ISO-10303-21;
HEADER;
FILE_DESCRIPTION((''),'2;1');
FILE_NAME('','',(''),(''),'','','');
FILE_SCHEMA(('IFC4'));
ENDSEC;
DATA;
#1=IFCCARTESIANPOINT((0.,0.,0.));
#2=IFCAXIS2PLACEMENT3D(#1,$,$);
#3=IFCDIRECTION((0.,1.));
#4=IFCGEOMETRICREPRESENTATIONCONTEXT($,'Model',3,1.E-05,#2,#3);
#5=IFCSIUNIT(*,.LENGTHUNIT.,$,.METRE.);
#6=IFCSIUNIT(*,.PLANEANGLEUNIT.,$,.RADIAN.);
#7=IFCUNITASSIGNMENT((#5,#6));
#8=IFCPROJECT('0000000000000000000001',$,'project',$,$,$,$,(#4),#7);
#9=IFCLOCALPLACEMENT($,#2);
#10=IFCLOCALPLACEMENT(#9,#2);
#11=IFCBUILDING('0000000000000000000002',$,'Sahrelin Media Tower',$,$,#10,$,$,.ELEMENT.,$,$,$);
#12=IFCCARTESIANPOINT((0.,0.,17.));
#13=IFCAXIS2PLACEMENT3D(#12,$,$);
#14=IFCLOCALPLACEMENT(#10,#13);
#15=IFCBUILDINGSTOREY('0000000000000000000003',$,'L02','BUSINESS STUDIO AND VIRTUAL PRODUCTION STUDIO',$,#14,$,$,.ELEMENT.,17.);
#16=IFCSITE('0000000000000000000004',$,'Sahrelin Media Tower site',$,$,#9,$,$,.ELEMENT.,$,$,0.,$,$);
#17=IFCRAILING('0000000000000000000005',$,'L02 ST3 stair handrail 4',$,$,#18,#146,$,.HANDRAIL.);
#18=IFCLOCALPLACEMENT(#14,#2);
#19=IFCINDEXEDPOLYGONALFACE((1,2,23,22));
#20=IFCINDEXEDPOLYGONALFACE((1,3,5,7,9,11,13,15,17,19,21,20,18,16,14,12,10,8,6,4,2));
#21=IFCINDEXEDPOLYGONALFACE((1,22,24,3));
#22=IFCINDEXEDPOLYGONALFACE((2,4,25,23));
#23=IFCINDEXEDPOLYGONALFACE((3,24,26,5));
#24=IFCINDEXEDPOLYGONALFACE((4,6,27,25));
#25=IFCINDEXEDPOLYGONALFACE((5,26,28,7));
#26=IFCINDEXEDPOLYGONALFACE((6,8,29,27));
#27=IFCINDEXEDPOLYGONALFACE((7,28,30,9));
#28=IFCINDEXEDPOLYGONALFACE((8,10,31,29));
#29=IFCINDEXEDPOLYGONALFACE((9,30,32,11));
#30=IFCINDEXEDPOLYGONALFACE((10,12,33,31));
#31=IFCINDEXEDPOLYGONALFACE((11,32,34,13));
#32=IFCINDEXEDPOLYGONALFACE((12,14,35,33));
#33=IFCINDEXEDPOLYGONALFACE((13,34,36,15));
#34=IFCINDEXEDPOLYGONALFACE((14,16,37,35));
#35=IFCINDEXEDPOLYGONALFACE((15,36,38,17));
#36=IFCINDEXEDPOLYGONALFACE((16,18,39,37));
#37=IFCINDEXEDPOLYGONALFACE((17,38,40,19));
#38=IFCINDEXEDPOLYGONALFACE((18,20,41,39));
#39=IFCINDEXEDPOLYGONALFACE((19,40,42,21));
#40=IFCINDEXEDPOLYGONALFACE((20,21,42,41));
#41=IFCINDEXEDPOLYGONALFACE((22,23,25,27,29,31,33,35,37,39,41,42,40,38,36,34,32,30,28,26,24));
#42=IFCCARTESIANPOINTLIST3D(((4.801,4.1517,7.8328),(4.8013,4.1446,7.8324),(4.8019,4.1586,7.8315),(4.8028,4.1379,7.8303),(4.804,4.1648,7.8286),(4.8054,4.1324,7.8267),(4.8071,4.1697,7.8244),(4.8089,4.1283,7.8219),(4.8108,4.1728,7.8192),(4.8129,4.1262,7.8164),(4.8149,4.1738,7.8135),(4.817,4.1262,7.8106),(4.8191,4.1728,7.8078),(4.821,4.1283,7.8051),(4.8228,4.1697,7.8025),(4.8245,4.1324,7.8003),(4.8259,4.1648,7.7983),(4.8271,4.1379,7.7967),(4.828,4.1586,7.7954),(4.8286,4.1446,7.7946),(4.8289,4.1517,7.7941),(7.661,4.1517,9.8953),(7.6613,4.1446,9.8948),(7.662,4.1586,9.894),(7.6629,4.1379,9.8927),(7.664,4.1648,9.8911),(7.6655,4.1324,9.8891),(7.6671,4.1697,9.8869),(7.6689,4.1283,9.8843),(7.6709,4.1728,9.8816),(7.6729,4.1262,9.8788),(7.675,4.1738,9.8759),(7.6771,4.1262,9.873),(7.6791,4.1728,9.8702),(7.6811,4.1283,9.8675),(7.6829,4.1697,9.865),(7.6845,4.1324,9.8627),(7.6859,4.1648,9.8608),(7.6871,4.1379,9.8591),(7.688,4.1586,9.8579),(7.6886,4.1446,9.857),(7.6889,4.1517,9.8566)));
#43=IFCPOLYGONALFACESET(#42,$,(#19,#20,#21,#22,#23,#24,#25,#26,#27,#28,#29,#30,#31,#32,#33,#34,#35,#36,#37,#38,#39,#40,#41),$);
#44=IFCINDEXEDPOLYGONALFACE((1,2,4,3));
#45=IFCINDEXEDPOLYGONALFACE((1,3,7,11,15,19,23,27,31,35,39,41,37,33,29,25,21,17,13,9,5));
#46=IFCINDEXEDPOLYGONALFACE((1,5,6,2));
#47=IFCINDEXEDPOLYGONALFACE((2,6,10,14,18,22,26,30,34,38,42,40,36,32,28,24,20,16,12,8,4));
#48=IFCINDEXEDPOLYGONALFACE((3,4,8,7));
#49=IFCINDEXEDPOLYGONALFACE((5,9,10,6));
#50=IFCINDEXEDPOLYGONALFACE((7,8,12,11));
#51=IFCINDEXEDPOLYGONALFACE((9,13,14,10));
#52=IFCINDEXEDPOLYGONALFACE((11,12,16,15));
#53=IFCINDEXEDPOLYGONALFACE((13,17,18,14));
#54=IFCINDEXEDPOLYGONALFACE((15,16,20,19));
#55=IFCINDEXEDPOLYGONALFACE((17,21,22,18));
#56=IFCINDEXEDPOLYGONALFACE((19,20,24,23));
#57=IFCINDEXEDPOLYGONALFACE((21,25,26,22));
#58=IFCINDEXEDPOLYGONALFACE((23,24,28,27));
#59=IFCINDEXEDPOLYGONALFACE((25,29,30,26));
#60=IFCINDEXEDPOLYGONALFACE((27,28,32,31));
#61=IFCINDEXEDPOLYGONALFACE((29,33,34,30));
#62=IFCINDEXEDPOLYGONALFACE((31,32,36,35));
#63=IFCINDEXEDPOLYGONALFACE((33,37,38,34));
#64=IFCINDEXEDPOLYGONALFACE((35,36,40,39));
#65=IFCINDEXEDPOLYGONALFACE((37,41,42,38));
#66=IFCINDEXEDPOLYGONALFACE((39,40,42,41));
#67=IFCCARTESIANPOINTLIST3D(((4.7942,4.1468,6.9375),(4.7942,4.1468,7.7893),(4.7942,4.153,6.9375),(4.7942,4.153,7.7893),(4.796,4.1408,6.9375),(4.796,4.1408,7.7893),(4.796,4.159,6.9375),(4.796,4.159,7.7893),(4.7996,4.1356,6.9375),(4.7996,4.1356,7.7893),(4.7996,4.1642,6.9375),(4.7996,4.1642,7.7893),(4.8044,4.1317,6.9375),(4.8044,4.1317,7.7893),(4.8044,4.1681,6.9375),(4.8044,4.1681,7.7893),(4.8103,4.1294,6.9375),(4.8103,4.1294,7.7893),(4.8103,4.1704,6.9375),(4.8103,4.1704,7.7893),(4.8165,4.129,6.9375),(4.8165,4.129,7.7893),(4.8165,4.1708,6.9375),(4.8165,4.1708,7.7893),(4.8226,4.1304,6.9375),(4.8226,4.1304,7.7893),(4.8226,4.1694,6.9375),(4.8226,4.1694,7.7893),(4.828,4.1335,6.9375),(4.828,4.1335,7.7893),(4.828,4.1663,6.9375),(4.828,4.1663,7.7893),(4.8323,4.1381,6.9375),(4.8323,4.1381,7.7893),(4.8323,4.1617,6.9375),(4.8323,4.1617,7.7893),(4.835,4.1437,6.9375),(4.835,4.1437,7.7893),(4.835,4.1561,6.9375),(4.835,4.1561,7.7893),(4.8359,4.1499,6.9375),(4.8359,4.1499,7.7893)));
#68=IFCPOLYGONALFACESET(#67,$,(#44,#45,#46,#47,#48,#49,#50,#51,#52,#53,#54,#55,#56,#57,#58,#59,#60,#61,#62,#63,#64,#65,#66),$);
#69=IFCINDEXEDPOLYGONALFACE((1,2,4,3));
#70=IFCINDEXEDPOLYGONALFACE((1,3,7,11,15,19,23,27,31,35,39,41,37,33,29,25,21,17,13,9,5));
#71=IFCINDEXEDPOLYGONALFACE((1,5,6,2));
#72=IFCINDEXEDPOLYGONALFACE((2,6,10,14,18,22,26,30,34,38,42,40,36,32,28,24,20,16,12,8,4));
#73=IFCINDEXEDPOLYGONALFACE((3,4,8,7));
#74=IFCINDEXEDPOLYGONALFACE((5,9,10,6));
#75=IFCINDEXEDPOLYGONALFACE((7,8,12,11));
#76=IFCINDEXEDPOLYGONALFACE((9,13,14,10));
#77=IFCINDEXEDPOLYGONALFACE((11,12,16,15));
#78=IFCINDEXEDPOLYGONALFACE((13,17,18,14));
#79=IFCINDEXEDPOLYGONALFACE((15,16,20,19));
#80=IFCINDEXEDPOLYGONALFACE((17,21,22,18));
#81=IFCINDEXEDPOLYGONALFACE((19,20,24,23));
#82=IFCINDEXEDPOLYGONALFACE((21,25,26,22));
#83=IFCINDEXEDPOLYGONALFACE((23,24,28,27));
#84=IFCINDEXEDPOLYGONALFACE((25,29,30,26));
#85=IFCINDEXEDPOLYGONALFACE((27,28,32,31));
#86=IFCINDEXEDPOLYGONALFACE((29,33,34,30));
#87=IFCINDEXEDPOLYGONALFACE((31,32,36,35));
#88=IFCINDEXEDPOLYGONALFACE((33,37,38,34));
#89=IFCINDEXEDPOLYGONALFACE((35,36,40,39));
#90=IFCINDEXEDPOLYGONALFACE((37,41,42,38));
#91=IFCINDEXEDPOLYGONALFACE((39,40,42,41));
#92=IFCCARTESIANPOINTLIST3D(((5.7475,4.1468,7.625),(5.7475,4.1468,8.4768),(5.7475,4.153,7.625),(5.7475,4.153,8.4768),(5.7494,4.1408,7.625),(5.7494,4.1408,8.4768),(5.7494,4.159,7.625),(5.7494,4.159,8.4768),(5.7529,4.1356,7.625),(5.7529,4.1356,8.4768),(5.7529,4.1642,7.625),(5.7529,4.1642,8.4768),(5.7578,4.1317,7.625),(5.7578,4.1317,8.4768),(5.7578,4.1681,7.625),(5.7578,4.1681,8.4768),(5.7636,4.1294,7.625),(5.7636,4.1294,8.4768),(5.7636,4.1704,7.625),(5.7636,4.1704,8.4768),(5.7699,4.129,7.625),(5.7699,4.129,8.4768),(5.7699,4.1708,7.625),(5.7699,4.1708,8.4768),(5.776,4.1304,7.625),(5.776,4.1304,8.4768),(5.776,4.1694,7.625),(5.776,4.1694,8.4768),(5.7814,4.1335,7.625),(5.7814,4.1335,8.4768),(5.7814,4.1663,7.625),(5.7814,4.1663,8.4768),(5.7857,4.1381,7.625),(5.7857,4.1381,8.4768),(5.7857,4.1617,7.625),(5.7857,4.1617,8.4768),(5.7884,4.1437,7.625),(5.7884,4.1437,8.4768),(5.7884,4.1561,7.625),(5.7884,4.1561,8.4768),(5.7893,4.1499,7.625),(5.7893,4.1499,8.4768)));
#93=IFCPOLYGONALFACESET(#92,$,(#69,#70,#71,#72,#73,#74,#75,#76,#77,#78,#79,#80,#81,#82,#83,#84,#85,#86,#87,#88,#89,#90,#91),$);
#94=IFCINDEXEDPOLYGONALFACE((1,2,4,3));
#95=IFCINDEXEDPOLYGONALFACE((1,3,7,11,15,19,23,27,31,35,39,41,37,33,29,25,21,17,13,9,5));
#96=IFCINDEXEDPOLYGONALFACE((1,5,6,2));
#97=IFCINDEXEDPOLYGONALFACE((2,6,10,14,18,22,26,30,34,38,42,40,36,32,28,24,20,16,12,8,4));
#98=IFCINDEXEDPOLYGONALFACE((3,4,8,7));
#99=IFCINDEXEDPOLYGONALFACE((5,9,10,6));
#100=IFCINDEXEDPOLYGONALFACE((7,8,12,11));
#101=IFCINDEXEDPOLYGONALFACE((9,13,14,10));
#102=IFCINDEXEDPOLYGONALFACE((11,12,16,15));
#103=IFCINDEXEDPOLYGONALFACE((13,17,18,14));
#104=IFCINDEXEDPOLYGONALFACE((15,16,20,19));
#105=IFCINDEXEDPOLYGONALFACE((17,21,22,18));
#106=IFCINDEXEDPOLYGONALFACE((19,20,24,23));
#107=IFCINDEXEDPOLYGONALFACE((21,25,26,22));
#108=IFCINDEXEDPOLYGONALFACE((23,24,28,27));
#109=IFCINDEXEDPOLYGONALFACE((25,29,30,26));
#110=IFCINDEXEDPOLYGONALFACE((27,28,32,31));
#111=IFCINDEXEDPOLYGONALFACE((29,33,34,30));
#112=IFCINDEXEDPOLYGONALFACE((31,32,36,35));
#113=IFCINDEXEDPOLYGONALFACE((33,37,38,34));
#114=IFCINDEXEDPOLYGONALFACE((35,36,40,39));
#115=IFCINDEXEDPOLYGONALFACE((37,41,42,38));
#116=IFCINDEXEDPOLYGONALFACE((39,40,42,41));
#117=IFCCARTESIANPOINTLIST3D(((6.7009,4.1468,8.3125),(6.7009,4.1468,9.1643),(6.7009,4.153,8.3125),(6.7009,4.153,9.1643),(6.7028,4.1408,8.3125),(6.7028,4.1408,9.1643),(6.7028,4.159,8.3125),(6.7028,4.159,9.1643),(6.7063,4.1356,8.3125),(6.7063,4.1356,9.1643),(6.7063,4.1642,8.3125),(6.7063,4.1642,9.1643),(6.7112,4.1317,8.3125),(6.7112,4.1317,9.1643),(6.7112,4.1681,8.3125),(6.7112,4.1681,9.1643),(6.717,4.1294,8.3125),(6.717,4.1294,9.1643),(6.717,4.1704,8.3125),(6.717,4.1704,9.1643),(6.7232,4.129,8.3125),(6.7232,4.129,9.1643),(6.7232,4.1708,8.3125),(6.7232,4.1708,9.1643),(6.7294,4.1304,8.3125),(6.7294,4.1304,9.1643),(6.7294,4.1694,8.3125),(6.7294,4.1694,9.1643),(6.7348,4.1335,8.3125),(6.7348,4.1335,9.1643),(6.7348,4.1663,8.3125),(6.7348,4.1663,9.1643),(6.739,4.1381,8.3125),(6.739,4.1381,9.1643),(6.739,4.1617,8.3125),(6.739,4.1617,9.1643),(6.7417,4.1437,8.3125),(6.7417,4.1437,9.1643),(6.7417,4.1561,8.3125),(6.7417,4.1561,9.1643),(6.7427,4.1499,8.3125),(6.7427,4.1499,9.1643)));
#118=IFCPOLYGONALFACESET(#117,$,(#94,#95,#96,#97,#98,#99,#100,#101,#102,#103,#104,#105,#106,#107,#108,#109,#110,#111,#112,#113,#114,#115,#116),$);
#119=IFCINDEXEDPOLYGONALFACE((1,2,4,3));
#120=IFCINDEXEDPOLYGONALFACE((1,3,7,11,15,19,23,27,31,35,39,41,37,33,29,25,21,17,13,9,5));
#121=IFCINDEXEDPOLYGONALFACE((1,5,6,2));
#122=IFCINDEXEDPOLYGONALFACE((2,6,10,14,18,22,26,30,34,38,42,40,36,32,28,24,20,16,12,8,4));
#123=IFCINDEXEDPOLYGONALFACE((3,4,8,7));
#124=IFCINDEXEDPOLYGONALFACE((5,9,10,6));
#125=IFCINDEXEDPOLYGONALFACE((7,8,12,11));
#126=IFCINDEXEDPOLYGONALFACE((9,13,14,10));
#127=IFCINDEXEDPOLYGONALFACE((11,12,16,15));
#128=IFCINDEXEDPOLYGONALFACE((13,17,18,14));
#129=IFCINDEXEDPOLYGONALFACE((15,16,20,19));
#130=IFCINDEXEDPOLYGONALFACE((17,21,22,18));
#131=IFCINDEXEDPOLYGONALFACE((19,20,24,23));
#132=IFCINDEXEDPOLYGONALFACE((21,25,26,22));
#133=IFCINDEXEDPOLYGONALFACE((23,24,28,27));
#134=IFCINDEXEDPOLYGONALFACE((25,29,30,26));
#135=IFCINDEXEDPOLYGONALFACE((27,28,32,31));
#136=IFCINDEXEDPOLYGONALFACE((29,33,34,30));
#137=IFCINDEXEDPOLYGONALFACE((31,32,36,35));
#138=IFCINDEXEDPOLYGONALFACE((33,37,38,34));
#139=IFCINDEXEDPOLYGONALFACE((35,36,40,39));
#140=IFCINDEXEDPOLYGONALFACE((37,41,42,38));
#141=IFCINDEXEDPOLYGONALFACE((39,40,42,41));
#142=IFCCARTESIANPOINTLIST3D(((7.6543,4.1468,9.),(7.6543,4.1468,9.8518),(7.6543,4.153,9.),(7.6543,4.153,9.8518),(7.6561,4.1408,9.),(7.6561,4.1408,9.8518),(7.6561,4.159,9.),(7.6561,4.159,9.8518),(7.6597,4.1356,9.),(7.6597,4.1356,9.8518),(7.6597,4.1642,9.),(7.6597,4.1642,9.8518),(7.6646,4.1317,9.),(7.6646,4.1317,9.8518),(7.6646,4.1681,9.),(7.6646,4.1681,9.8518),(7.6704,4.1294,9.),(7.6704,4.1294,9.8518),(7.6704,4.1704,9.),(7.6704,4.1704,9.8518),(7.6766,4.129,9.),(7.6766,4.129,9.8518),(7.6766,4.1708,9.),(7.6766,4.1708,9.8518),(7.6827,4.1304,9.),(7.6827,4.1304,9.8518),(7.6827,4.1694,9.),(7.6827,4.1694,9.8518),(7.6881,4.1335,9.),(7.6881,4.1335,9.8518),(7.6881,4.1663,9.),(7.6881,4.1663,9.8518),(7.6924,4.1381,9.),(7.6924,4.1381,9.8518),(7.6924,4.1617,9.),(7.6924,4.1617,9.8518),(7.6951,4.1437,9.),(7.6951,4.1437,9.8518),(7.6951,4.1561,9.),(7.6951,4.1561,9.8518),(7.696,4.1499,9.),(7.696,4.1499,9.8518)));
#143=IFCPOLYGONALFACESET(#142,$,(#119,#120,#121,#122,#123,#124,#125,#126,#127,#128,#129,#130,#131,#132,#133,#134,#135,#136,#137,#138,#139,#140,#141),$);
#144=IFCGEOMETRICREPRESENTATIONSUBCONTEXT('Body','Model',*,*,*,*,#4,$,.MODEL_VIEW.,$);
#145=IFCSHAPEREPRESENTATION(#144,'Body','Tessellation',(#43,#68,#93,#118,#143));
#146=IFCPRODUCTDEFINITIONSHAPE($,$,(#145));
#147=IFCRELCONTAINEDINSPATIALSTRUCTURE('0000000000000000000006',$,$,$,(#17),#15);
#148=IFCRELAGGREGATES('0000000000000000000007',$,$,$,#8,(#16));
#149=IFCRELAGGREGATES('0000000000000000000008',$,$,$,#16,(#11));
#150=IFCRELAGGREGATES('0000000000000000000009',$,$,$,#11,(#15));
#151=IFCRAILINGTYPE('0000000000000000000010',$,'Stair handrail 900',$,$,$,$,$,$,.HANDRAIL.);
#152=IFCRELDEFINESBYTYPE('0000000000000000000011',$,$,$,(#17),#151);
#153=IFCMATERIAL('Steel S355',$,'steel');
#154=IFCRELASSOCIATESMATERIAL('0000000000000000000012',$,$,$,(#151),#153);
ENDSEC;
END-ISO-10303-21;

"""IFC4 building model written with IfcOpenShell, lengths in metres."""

from ifc_helpers import new_model, si_unit, direction, frame, origin, origin_2d, place, context, subcontext, project, spatial, circle, extrude, material, type_object, element, save


model = new_model("IFC4")

# Units and contexts
model_context = context("Model", 3, precision=1e-05, world=origin(), true_north=direction((0.0, 1.0)))
body_context = subcontext(model_context, "Body", "Model", "MODEL_VIEW")
ifc_project = project(units=[si_unit("LENGTHUNIT", "METRE"), si_unit("PLANEANGLEUNIT", "RADIAN")], contexts=[model_context])

# Site, building, storey
site_placement = place(None, origin())
site = spatial("IfcSite", under=ifc_project, at=site_placement, Name="Sahrelin Media Tower site", CompositionType="ELEMENT", RefElevation=0.0)
building_placement = place(site_placement, origin())
building = spatial("IfcBuilding", under=site, at=building_placement, Name="Sahrelin Media Tower", CompositionType="ELEMENT")
storey_placement = place(building_placement, frame((0.0, 0.0, 17.0)))
storey = spatial("IfcBuildingStorey", under=building, at=storey_placement, Name="L02", Description="BUSINESS STUDIO AND VIRTUAL PRODUCTION STUDIO", CompositionType="ELEMENT", Elevation=17.0)

# Shared definitions
ifc_material_1 = material(Name="Steel S355", Category="steel")

# Railing
railing_type_1 = type_object("IfcRailingType", Name="Stair handrail 900", PredefinedType="HANDRAIL", material=ifc_material_1)
railing_1_placement = place(storey_placement, frame((4.8149, 4.1499, 6.9375)))
element("IfcRailing", 1, at=railing_1_placement, inside=storey, type_object=railing_type_1, Name="L02 ST3 stair handrail 4", PredefinedType="HANDRAIL", context=body_context, shape_type="SweptSolid", body=[
    extrude(circle(Radius=0.0239, at=origin_2d()), frame((0.0, 0.0, 0.876), z_axis=(0.811101, 0.0, 0.584906), x_axis=(0.0, 1.0, 0.0)), (0.0, 0.0, 1.0), 3.5261),
    extrude(circle(Radius=0.021, at=origin_2d()), origin(), (0.0, 0.0, 1.0), 0.8518),
    extrude(circle(Radius=0.021, at=origin_2d()), frame((0.9534, 0.0, 0.6875)), (0.0, 0.0, 1.0), 0.8518),
    extrude(circle(Radius=0.021, at=origin_2d()), frame((1.9067, 0.0, 1.375)), (0.0, 0.0, 1.0), 0.8518),
    extrude(circle(Radius=0.021, at=origin_2d()), frame((2.8601, 0.0, 2.0625)), (0.0, 0.0, 1.0), 0.8518),
])

save(model, "model.ifc")
